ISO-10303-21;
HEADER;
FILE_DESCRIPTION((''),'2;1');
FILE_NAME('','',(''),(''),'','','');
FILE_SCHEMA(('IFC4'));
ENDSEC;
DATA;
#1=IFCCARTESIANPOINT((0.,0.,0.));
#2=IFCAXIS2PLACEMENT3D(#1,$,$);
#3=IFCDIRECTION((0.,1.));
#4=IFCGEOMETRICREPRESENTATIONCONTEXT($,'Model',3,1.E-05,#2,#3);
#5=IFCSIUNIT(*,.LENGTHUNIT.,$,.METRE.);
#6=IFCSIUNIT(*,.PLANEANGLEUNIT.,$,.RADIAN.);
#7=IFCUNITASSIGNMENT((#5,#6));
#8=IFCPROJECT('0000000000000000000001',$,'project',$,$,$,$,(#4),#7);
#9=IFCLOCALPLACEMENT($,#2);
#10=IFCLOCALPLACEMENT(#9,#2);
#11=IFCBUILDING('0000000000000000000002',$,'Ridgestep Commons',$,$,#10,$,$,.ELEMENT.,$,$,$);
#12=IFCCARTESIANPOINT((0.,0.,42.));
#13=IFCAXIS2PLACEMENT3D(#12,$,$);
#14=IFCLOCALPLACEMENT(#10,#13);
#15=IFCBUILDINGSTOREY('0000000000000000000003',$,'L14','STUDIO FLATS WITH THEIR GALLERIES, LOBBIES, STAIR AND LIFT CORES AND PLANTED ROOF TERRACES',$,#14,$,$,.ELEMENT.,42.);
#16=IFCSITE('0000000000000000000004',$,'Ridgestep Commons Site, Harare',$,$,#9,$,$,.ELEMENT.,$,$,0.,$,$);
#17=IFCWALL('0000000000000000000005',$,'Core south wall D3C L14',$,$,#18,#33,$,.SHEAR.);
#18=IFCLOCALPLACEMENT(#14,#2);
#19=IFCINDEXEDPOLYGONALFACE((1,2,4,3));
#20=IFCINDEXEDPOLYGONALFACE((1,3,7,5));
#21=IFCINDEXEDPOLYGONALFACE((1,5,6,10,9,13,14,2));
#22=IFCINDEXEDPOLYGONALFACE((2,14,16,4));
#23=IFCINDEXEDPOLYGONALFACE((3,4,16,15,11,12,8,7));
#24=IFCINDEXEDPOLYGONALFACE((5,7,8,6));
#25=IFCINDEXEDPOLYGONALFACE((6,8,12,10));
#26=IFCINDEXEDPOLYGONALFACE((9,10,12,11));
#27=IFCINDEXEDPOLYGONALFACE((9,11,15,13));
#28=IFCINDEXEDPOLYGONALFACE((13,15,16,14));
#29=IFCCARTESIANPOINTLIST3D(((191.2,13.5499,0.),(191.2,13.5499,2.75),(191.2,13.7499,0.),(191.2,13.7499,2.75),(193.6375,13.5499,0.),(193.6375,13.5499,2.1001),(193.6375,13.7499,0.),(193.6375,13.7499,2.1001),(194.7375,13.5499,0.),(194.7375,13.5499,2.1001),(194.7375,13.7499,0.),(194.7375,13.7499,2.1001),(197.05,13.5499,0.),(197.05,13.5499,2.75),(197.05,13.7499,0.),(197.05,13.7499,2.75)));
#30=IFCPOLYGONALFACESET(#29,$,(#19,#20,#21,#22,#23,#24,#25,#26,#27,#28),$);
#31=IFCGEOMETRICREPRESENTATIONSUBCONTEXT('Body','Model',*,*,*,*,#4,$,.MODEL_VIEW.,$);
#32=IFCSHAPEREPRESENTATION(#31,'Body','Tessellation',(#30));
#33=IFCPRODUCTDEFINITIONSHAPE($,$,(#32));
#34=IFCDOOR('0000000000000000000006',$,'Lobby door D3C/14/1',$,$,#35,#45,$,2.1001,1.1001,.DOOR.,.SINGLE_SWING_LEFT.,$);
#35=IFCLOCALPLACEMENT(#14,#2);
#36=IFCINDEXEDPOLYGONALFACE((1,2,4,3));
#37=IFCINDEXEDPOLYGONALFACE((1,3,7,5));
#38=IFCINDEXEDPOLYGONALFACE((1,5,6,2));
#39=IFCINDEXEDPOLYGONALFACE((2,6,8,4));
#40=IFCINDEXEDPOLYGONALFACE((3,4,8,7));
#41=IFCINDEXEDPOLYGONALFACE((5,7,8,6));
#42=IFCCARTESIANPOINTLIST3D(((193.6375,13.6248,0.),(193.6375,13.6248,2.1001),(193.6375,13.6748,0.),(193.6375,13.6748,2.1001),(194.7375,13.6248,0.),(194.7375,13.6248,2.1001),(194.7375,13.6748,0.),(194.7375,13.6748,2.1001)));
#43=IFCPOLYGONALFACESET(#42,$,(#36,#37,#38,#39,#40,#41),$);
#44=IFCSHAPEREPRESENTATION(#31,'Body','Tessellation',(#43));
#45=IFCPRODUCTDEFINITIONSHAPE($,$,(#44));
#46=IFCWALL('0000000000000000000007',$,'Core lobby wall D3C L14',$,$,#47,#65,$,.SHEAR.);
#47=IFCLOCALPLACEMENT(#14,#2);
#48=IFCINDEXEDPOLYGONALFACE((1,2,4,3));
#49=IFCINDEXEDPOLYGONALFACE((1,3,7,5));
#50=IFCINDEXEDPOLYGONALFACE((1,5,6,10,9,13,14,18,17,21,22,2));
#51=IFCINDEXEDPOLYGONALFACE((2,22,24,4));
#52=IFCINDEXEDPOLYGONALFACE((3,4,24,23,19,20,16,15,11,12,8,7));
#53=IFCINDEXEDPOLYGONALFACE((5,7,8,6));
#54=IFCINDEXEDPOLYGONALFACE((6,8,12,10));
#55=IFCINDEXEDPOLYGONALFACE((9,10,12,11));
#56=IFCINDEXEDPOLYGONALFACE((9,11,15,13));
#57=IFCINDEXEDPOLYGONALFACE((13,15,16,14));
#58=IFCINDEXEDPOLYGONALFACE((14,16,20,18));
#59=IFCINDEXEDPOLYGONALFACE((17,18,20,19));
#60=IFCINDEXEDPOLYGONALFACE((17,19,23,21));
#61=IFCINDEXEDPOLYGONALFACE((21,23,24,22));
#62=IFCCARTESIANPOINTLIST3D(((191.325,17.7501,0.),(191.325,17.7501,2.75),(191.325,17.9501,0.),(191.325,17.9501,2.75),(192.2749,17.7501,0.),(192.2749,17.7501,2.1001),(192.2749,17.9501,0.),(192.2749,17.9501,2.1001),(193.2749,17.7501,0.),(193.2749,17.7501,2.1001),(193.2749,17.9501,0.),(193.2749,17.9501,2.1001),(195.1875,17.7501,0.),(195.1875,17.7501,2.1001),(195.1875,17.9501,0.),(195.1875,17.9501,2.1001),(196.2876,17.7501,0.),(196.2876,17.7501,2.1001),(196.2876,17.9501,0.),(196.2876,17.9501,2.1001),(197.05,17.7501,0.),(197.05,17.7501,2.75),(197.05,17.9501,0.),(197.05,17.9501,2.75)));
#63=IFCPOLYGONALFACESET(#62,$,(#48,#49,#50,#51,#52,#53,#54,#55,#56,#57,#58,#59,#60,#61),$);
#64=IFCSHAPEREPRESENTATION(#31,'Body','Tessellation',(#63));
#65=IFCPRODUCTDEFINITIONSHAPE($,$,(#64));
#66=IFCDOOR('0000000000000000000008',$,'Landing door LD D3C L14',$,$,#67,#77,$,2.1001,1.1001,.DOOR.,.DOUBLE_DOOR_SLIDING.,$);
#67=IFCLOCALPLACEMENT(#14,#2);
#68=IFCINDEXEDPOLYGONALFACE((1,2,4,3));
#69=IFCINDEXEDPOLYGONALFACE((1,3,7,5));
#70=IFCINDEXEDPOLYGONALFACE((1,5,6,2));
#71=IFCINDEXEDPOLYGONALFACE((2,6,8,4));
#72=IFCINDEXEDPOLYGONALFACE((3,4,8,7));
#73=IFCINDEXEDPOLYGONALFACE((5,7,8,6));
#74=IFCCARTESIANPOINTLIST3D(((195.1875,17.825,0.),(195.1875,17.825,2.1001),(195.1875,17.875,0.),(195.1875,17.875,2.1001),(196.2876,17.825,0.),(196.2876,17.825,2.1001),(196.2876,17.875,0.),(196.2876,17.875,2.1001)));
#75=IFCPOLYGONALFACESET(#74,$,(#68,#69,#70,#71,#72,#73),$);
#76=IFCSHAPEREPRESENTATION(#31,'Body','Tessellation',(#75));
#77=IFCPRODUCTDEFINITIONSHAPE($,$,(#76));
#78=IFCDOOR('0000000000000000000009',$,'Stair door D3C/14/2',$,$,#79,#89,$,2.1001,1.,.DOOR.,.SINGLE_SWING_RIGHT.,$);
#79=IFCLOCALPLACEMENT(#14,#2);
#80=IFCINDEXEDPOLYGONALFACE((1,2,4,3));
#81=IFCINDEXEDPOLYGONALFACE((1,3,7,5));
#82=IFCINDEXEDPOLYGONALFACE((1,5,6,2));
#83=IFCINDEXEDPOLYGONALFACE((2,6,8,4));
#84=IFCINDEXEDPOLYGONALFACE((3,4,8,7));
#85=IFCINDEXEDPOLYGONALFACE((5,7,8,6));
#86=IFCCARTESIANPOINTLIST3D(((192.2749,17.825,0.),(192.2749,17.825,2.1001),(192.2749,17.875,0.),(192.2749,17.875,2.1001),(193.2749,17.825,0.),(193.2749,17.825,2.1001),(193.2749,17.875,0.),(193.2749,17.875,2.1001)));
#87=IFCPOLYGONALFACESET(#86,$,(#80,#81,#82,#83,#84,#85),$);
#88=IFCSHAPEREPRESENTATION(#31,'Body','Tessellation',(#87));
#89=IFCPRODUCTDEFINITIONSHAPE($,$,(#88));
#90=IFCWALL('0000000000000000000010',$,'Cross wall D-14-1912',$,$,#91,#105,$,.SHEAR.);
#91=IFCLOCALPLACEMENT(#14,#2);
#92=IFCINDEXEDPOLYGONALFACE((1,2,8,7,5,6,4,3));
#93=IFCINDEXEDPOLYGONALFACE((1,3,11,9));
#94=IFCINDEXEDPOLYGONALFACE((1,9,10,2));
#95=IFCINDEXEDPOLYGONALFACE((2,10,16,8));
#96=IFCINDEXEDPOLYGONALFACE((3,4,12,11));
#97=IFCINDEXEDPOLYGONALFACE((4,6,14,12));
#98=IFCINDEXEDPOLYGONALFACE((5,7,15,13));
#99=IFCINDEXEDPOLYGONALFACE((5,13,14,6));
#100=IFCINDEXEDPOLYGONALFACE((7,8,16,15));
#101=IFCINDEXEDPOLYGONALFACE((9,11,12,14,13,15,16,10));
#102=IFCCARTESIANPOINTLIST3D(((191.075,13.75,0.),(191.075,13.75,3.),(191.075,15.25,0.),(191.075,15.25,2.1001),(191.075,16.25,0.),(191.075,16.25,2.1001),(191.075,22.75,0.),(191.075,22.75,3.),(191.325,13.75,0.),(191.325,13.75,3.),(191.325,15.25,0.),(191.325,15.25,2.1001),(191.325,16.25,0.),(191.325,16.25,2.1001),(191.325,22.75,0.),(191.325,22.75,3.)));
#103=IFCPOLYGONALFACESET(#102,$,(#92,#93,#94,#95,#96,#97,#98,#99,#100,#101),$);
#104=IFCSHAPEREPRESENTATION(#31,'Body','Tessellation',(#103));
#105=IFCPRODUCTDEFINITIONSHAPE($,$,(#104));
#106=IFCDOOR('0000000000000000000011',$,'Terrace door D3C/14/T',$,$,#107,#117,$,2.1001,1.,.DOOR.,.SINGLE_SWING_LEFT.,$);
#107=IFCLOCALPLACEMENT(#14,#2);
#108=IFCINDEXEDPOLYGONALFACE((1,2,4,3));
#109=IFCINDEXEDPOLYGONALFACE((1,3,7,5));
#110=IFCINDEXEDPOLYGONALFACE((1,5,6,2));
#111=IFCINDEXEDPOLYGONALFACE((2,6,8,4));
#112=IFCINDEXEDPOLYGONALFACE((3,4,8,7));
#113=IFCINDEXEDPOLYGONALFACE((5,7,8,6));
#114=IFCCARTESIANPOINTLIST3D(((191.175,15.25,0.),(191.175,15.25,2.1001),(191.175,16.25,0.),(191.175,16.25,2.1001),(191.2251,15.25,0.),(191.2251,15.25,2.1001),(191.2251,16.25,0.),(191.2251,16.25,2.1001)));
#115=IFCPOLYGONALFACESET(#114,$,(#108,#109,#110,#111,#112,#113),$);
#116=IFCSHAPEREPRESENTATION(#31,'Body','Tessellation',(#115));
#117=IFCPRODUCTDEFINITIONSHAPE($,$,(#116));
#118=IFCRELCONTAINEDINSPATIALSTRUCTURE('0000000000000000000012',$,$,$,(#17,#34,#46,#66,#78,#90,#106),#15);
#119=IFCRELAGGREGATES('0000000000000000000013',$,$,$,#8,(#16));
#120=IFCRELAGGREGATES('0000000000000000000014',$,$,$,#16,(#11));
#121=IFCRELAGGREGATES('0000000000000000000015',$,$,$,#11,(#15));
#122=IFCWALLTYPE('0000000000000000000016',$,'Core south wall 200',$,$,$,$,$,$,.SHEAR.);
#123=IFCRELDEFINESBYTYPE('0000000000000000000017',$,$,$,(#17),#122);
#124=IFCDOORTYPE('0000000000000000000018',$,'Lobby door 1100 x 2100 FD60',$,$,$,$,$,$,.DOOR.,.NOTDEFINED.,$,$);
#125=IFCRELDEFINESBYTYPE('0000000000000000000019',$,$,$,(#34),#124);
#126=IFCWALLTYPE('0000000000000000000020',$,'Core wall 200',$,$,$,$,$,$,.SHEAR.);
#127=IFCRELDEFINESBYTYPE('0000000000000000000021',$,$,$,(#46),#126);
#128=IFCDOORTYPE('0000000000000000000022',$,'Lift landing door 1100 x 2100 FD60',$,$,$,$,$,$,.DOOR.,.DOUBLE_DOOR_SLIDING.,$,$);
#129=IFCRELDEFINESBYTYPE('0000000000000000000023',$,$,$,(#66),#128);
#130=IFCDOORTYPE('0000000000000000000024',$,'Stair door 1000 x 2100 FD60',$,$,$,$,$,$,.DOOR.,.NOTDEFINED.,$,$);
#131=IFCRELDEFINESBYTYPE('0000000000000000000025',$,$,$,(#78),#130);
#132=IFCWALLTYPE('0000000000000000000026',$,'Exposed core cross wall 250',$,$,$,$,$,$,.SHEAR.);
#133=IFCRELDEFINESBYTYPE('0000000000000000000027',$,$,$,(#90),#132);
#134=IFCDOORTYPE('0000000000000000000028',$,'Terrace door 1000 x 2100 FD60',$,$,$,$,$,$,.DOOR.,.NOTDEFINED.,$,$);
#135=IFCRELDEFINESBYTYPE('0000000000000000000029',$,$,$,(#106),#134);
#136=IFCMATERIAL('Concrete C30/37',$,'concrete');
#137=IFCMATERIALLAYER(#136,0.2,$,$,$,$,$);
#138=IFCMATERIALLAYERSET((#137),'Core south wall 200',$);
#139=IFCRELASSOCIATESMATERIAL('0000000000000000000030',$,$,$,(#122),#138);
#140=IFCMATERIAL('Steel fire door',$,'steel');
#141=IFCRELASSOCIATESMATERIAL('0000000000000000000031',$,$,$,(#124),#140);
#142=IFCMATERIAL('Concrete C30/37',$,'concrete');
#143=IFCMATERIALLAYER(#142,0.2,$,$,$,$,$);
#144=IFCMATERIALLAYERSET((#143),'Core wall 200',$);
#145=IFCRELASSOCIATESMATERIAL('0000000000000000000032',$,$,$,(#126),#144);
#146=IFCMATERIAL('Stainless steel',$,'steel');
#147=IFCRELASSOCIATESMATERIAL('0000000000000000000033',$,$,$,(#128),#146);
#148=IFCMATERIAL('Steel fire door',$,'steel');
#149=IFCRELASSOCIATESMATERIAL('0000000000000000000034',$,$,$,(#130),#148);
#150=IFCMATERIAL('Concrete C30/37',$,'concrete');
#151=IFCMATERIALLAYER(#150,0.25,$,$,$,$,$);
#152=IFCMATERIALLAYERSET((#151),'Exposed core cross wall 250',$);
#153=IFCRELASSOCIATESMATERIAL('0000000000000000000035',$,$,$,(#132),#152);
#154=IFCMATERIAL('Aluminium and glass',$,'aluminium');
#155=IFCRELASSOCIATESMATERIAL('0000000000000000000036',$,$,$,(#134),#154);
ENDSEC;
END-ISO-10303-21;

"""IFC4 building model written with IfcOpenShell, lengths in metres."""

from ifc_helpers import new_model, si_unit, direction, frame, frame_2d, origin, place, context, subcontext, project, spatial, rectangle, extrude, material, layer, layer_set, type_object, element, fill, save


model = new_model("IFC4")

# Units and contexts
model_context = context("Model", 3, precision=1e-05, world=origin(), true_north=direction((0.0, 1.0)))
body_context = subcontext(model_context, "Body", "Model", "MODEL_VIEW")
ifc_project = project(units=[si_unit("LENGTHUNIT", "METRE"), si_unit("PLANEANGLEUNIT", "RADIAN")], contexts=[model_context])

# Site, building, storey
site_placement = place(None, origin())
site = spatial("IfcSite", under=ifc_project, at=site_placement, Name="Ridgestep Commons Site, Harare", CompositionType="ELEMENT", RefElevation=0.0)
building_placement = place(site_placement, origin())
building = spatial("IfcBuilding", under=site, at=building_placement, Name="Ridgestep Commons", CompositionType="ELEMENT")
storey_placement = place(building_placement, frame((0.0, 0.0, 42.0)))
storey = spatial("IfcBuildingStorey", under=building, at=storey_placement, Name="L14", Description="STUDIO FLATS WITH THEIR GALLERIES, LOBBIES, STAIR AND LIFT CORES AND PLANTED ROOF TERRACES", CompositionType="ELEMENT", Elevation=42.0)

# Wall, opening, door
ifc_material_1 = material(Name="Concrete C30/37", Category="concrete")
ifc_layer_1 = layer(ifc_material_1, 0.2)
ifc_layer_set_1 = layer_set([ifc_layer_1], Name="Core south wall 200")
wall_type_1 = type_object("IfcWallType", Name="Core south wall 200", PredefinedType="SHEAR", material=ifc_layer_set_1)
wall_1_placement = place(storey_placement, frame((191.2, 13.6499, 0.0), z_axis=(0.0, 0.0, 1.0), x_axis=(1.0, 0.0, 0.0)))
wall_1 = element("IfcWall", 1, at=wall_1_placement, inside=storey, type_object=wall_type_1, Name="Core south wall D3C L14", PredefinedType="SHEAR", context=body_context, shape_type="SweptSolid", body=[
    extrude(rectangle(XDim=5.8501, YDim=0.2, at=frame_2d((2.925, 0.0))), origin(), (0.0, 0.0, 1.0), 2.75),
])
opening_1_placement = place(wall_1_placement, frame((2.4375, 0.0, 0.0)))
opening_1 = element("IfcOpeningElement", 2, at=opening_1_placement, cuts=wall_1, PredefinedType="OPENING", context=body_context, shape_type="SweptSolid", body=[
    extrude(rectangle(XDim=1.1001, YDim=2.1001, at=frame_2d((0.55, 1.05))), frame((0.0, 0.1099, 0.0), z_axis=(0.0, -1.0, 0.0), x_axis=(1.0, 0.0, 0.0)), (0.0, 0.0, 1.0), 0.22),
])
ifc_material_2 = material(Name="Steel fire door", Category="steel")
door_type_1 = type_object("IfcDoorType", Name="Lobby door 1100 x 2100 FD60", OperationType="NOTDEFINED", PredefinedType="DOOR", material=ifc_material_2)
door_1_placement = place(opening_1_placement, origin())
door_1 = element("IfcDoor", 3, at=door_1_placement, inside=storey, type_object=door_type_1, Name="Lobby door D3C/14/1", OperationType="SINGLE_SWING_LEFT", OverallHeight=2.1001, OverallWidth=1.1001, PredefinedType="DOOR", context=body_context, shape_type="SweptSolid", body=[
    extrude(rectangle(XDim=1.1001, YDim=2.1001, at=frame_2d((0.55, 1.05))), frame((0.0, 0.0249, 0.0), z_axis=(0.0, -1.0, 0.0), x_axis=(1.0, 0.0, 0.0)), (0.0, 0.0, 1.0), 0.05),
])
fill(opening_1, door_1)

# Wall, openings, doors
ifc_material_3 = material(Name="Concrete C30/37", Category="concrete")
ifc_layer_2 = layer(ifc_material_3, 0.2)
ifc_layer_set_2 = layer_set([ifc_layer_2], Name="Core wall 200")
wall_type_2 = type_object("IfcWallType", Name="Core wall 200", PredefinedType="SHEAR", material=ifc_layer_set_2)
wall_2_placement = place(storey_placement, frame((191.325, 17.8501, 0.0), z_axis=(0.0, 0.0, 1.0), x_axis=(1.0, 0.0, 0.0)))
wall_2 = element("IfcWall", 4, at=wall_2_placement, inside=storey, type_object=wall_type_2, Name="Core lobby wall D3C L14", PredefinedType="SHEAR", context=body_context, shape_type="SweptSolid", body=[
    extrude(rectangle(XDim=5.7251, YDim=0.2, at=frame_2d((2.8625, 0.0))), origin(), (0.0, 0.0, 1.0), 2.75),
])
opening_2_placement = place(wall_2_placement, frame((0.95, 0.0, 0.0)))
opening_2 = element("IfcOpeningElement", 5, at=opening_2_placement, cuts=wall_2, PredefinedType="OPENING", context=body_context, shape_type="SweptSolid", body=[
    extrude(rectangle(XDim=1.0, YDim=2.1001, at=frame_2d((0.5, 1.05))), frame((0.0, 0.1099, 0.0), z_axis=(0.0, -1.0, 0.0), x_axis=(1.0, 0.0, 0.0)), (0.0, 0.0, 1.0), 0.22),
])
opening_3_placement = place(wall_2_placement, frame((3.8625, 0.0, 0.0)))
opening_3 = element("IfcOpeningElement", 6, at=opening_3_placement, cuts=wall_2, PredefinedType="OPENING", context=body_context, shape_type="SweptSolid", body=[
    extrude(rectangle(XDim=1.1001, YDim=2.1001, at=frame_2d((0.55, 1.05))), frame((0.0, 0.1099, 0.0), z_axis=(0.0, -1.0, 0.0), x_axis=(1.0, 0.0, 0.0)), (0.0, 0.0, 1.0), 0.22),
])
ifc_material_4 = material(Name="Stainless steel", Category="steel")
door_type_2 = type_object("IfcDoorType", Name="Lift landing door 1100 x 2100 FD60", OperationType="DOUBLE_DOOR_SLIDING", PredefinedType="DOOR", material=ifc_material_4)
door_2_placement = place(opening_3_placement, origin())
door_2 = element("IfcDoor", 7, at=door_2_placement, inside=storey, type_object=door_type_2, Name="Landing door LD D3C L14", OperationType="DOUBLE_DOOR_SLIDING", OverallHeight=2.1001, OverallWidth=1.1001, PredefinedType="DOOR", context=body_context, shape_type="SweptSolid", body=[
    extrude(rectangle(XDim=1.1001, YDim=2.1001, at=frame_2d((0.55, 1.05))), frame((0.0, 0.0249, 0.0), z_axis=(0.0, -1.0, 0.0), x_axis=(1.0, 0.0, 0.0)), (0.0, 0.0, 1.0), 0.05),
])
fill(opening_3, door_2)
ifc_material_5 = material(Name="Steel fire door", Category="steel")
door_type_3 = type_object("IfcDoorType", Name="Stair door 1000 x 2100 FD60", OperationType="NOTDEFINED", PredefinedType="DOOR", material=ifc_material_5)
door_3_placement = place(opening_2_placement, origin())
door_3 = element("IfcDoor", 8, at=door_3_placement, inside=storey, type_object=door_type_3, Name="Stair door D3C/14/2", OperationType="SINGLE_SWING_RIGHT", OverallHeight=2.1001, OverallWidth=1.0, PredefinedType="DOOR", context=body_context, shape_type="SweptSolid", body=[
    extrude(rectangle(XDim=1.0, YDim=2.1001, at=frame_2d((0.5, 1.05))), frame((0.0, 0.0249, 0.0), z_axis=(0.0, -1.0, 0.0), x_axis=(1.0, 0.0, 0.0)), (0.0, 0.0, 1.0), 0.05),
])
fill(opening_2, door_3)

# Wall, opening, door
ifc_material_6 = material(Name="Concrete C30/37", Category="concrete")
ifc_layer_3 = layer(ifc_material_6, 0.25)
ifc_layer_set_3 = layer_set([ifc_layer_3], Name="Exposed core cross wall 250")
wall_type_3 = type_object("IfcWallType", Name="Exposed core cross wall 250", PredefinedType="SHEAR", material=ifc_layer_set_3)
wall_3_placement = place(storey_placement, frame((191.2, 13.75, 0.0), z_axis=(0.0, 0.0, 1.0), x_axis=(0.0, 1.0, 0.0)))
wall_3 = element("IfcWall", 9, at=wall_3_placement, inside=storey, type_object=wall_type_3, Name="Cross wall D-14-1912", PredefinedType="SHEAR", context=body_context, shape_type="SweptSolid", body=[
    extrude(rectangle(XDim=9.0, YDim=0.25, at=frame_2d((4.5, 0.0))), origin(), (0.0, 0.0, 1.0), 3.0),
])
opening_4_placement = place(wall_3_placement, frame((1.5, 0.0, 0.0)))
opening_4 = element("IfcOpeningElement", 10, at=opening_4_placement, cuts=wall_3, PredefinedType="OPENING", context=body_context, shape_type="SweptSolid", body=[
    extrude(rectangle(XDim=1.0, YDim=2.1001, at=frame_2d((0.5, 1.05))), frame((0.0, 0.135, 0.0), z_axis=(0.0, -1.0, 0.0), x_axis=(1.0, 0.0, 0.0)), (0.0, 0.0, 1.0), 0.27),
])
ifc_material_7 = material(Name="Aluminium and glass", Category="aluminium")
door_type_4 = type_object("IfcDoorType", Name="Terrace door 1000 x 2100 FD60", OperationType="NOTDEFINED", PredefinedType="DOOR", material=ifc_material_7)
door_4_placement = place(opening_4_placement, origin())
door_4 = element("IfcDoor", 11, at=door_4_placement, inside=storey, type_object=door_type_4, Name="Terrace door D3C/14/T", OperationType="SINGLE_SWING_LEFT", OverallHeight=2.1001, OverallWidth=1.0, PredefinedType="DOOR", context=body_context, shape_type="SweptSolid", body=[
    extrude(rectangle(XDim=1.0, YDim=2.1001, at=frame_2d((0.5, 1.05))), frame((0.0, 0.0249, 0.0), z_axis=(0.0, -1.0, 0.0), x_axis=(1.0, 0.0, 0.0)), (0.0, 0.0, 1.0), 0.05),
])
fill(opening_4, door_4)

save(model, "model.ifc")
